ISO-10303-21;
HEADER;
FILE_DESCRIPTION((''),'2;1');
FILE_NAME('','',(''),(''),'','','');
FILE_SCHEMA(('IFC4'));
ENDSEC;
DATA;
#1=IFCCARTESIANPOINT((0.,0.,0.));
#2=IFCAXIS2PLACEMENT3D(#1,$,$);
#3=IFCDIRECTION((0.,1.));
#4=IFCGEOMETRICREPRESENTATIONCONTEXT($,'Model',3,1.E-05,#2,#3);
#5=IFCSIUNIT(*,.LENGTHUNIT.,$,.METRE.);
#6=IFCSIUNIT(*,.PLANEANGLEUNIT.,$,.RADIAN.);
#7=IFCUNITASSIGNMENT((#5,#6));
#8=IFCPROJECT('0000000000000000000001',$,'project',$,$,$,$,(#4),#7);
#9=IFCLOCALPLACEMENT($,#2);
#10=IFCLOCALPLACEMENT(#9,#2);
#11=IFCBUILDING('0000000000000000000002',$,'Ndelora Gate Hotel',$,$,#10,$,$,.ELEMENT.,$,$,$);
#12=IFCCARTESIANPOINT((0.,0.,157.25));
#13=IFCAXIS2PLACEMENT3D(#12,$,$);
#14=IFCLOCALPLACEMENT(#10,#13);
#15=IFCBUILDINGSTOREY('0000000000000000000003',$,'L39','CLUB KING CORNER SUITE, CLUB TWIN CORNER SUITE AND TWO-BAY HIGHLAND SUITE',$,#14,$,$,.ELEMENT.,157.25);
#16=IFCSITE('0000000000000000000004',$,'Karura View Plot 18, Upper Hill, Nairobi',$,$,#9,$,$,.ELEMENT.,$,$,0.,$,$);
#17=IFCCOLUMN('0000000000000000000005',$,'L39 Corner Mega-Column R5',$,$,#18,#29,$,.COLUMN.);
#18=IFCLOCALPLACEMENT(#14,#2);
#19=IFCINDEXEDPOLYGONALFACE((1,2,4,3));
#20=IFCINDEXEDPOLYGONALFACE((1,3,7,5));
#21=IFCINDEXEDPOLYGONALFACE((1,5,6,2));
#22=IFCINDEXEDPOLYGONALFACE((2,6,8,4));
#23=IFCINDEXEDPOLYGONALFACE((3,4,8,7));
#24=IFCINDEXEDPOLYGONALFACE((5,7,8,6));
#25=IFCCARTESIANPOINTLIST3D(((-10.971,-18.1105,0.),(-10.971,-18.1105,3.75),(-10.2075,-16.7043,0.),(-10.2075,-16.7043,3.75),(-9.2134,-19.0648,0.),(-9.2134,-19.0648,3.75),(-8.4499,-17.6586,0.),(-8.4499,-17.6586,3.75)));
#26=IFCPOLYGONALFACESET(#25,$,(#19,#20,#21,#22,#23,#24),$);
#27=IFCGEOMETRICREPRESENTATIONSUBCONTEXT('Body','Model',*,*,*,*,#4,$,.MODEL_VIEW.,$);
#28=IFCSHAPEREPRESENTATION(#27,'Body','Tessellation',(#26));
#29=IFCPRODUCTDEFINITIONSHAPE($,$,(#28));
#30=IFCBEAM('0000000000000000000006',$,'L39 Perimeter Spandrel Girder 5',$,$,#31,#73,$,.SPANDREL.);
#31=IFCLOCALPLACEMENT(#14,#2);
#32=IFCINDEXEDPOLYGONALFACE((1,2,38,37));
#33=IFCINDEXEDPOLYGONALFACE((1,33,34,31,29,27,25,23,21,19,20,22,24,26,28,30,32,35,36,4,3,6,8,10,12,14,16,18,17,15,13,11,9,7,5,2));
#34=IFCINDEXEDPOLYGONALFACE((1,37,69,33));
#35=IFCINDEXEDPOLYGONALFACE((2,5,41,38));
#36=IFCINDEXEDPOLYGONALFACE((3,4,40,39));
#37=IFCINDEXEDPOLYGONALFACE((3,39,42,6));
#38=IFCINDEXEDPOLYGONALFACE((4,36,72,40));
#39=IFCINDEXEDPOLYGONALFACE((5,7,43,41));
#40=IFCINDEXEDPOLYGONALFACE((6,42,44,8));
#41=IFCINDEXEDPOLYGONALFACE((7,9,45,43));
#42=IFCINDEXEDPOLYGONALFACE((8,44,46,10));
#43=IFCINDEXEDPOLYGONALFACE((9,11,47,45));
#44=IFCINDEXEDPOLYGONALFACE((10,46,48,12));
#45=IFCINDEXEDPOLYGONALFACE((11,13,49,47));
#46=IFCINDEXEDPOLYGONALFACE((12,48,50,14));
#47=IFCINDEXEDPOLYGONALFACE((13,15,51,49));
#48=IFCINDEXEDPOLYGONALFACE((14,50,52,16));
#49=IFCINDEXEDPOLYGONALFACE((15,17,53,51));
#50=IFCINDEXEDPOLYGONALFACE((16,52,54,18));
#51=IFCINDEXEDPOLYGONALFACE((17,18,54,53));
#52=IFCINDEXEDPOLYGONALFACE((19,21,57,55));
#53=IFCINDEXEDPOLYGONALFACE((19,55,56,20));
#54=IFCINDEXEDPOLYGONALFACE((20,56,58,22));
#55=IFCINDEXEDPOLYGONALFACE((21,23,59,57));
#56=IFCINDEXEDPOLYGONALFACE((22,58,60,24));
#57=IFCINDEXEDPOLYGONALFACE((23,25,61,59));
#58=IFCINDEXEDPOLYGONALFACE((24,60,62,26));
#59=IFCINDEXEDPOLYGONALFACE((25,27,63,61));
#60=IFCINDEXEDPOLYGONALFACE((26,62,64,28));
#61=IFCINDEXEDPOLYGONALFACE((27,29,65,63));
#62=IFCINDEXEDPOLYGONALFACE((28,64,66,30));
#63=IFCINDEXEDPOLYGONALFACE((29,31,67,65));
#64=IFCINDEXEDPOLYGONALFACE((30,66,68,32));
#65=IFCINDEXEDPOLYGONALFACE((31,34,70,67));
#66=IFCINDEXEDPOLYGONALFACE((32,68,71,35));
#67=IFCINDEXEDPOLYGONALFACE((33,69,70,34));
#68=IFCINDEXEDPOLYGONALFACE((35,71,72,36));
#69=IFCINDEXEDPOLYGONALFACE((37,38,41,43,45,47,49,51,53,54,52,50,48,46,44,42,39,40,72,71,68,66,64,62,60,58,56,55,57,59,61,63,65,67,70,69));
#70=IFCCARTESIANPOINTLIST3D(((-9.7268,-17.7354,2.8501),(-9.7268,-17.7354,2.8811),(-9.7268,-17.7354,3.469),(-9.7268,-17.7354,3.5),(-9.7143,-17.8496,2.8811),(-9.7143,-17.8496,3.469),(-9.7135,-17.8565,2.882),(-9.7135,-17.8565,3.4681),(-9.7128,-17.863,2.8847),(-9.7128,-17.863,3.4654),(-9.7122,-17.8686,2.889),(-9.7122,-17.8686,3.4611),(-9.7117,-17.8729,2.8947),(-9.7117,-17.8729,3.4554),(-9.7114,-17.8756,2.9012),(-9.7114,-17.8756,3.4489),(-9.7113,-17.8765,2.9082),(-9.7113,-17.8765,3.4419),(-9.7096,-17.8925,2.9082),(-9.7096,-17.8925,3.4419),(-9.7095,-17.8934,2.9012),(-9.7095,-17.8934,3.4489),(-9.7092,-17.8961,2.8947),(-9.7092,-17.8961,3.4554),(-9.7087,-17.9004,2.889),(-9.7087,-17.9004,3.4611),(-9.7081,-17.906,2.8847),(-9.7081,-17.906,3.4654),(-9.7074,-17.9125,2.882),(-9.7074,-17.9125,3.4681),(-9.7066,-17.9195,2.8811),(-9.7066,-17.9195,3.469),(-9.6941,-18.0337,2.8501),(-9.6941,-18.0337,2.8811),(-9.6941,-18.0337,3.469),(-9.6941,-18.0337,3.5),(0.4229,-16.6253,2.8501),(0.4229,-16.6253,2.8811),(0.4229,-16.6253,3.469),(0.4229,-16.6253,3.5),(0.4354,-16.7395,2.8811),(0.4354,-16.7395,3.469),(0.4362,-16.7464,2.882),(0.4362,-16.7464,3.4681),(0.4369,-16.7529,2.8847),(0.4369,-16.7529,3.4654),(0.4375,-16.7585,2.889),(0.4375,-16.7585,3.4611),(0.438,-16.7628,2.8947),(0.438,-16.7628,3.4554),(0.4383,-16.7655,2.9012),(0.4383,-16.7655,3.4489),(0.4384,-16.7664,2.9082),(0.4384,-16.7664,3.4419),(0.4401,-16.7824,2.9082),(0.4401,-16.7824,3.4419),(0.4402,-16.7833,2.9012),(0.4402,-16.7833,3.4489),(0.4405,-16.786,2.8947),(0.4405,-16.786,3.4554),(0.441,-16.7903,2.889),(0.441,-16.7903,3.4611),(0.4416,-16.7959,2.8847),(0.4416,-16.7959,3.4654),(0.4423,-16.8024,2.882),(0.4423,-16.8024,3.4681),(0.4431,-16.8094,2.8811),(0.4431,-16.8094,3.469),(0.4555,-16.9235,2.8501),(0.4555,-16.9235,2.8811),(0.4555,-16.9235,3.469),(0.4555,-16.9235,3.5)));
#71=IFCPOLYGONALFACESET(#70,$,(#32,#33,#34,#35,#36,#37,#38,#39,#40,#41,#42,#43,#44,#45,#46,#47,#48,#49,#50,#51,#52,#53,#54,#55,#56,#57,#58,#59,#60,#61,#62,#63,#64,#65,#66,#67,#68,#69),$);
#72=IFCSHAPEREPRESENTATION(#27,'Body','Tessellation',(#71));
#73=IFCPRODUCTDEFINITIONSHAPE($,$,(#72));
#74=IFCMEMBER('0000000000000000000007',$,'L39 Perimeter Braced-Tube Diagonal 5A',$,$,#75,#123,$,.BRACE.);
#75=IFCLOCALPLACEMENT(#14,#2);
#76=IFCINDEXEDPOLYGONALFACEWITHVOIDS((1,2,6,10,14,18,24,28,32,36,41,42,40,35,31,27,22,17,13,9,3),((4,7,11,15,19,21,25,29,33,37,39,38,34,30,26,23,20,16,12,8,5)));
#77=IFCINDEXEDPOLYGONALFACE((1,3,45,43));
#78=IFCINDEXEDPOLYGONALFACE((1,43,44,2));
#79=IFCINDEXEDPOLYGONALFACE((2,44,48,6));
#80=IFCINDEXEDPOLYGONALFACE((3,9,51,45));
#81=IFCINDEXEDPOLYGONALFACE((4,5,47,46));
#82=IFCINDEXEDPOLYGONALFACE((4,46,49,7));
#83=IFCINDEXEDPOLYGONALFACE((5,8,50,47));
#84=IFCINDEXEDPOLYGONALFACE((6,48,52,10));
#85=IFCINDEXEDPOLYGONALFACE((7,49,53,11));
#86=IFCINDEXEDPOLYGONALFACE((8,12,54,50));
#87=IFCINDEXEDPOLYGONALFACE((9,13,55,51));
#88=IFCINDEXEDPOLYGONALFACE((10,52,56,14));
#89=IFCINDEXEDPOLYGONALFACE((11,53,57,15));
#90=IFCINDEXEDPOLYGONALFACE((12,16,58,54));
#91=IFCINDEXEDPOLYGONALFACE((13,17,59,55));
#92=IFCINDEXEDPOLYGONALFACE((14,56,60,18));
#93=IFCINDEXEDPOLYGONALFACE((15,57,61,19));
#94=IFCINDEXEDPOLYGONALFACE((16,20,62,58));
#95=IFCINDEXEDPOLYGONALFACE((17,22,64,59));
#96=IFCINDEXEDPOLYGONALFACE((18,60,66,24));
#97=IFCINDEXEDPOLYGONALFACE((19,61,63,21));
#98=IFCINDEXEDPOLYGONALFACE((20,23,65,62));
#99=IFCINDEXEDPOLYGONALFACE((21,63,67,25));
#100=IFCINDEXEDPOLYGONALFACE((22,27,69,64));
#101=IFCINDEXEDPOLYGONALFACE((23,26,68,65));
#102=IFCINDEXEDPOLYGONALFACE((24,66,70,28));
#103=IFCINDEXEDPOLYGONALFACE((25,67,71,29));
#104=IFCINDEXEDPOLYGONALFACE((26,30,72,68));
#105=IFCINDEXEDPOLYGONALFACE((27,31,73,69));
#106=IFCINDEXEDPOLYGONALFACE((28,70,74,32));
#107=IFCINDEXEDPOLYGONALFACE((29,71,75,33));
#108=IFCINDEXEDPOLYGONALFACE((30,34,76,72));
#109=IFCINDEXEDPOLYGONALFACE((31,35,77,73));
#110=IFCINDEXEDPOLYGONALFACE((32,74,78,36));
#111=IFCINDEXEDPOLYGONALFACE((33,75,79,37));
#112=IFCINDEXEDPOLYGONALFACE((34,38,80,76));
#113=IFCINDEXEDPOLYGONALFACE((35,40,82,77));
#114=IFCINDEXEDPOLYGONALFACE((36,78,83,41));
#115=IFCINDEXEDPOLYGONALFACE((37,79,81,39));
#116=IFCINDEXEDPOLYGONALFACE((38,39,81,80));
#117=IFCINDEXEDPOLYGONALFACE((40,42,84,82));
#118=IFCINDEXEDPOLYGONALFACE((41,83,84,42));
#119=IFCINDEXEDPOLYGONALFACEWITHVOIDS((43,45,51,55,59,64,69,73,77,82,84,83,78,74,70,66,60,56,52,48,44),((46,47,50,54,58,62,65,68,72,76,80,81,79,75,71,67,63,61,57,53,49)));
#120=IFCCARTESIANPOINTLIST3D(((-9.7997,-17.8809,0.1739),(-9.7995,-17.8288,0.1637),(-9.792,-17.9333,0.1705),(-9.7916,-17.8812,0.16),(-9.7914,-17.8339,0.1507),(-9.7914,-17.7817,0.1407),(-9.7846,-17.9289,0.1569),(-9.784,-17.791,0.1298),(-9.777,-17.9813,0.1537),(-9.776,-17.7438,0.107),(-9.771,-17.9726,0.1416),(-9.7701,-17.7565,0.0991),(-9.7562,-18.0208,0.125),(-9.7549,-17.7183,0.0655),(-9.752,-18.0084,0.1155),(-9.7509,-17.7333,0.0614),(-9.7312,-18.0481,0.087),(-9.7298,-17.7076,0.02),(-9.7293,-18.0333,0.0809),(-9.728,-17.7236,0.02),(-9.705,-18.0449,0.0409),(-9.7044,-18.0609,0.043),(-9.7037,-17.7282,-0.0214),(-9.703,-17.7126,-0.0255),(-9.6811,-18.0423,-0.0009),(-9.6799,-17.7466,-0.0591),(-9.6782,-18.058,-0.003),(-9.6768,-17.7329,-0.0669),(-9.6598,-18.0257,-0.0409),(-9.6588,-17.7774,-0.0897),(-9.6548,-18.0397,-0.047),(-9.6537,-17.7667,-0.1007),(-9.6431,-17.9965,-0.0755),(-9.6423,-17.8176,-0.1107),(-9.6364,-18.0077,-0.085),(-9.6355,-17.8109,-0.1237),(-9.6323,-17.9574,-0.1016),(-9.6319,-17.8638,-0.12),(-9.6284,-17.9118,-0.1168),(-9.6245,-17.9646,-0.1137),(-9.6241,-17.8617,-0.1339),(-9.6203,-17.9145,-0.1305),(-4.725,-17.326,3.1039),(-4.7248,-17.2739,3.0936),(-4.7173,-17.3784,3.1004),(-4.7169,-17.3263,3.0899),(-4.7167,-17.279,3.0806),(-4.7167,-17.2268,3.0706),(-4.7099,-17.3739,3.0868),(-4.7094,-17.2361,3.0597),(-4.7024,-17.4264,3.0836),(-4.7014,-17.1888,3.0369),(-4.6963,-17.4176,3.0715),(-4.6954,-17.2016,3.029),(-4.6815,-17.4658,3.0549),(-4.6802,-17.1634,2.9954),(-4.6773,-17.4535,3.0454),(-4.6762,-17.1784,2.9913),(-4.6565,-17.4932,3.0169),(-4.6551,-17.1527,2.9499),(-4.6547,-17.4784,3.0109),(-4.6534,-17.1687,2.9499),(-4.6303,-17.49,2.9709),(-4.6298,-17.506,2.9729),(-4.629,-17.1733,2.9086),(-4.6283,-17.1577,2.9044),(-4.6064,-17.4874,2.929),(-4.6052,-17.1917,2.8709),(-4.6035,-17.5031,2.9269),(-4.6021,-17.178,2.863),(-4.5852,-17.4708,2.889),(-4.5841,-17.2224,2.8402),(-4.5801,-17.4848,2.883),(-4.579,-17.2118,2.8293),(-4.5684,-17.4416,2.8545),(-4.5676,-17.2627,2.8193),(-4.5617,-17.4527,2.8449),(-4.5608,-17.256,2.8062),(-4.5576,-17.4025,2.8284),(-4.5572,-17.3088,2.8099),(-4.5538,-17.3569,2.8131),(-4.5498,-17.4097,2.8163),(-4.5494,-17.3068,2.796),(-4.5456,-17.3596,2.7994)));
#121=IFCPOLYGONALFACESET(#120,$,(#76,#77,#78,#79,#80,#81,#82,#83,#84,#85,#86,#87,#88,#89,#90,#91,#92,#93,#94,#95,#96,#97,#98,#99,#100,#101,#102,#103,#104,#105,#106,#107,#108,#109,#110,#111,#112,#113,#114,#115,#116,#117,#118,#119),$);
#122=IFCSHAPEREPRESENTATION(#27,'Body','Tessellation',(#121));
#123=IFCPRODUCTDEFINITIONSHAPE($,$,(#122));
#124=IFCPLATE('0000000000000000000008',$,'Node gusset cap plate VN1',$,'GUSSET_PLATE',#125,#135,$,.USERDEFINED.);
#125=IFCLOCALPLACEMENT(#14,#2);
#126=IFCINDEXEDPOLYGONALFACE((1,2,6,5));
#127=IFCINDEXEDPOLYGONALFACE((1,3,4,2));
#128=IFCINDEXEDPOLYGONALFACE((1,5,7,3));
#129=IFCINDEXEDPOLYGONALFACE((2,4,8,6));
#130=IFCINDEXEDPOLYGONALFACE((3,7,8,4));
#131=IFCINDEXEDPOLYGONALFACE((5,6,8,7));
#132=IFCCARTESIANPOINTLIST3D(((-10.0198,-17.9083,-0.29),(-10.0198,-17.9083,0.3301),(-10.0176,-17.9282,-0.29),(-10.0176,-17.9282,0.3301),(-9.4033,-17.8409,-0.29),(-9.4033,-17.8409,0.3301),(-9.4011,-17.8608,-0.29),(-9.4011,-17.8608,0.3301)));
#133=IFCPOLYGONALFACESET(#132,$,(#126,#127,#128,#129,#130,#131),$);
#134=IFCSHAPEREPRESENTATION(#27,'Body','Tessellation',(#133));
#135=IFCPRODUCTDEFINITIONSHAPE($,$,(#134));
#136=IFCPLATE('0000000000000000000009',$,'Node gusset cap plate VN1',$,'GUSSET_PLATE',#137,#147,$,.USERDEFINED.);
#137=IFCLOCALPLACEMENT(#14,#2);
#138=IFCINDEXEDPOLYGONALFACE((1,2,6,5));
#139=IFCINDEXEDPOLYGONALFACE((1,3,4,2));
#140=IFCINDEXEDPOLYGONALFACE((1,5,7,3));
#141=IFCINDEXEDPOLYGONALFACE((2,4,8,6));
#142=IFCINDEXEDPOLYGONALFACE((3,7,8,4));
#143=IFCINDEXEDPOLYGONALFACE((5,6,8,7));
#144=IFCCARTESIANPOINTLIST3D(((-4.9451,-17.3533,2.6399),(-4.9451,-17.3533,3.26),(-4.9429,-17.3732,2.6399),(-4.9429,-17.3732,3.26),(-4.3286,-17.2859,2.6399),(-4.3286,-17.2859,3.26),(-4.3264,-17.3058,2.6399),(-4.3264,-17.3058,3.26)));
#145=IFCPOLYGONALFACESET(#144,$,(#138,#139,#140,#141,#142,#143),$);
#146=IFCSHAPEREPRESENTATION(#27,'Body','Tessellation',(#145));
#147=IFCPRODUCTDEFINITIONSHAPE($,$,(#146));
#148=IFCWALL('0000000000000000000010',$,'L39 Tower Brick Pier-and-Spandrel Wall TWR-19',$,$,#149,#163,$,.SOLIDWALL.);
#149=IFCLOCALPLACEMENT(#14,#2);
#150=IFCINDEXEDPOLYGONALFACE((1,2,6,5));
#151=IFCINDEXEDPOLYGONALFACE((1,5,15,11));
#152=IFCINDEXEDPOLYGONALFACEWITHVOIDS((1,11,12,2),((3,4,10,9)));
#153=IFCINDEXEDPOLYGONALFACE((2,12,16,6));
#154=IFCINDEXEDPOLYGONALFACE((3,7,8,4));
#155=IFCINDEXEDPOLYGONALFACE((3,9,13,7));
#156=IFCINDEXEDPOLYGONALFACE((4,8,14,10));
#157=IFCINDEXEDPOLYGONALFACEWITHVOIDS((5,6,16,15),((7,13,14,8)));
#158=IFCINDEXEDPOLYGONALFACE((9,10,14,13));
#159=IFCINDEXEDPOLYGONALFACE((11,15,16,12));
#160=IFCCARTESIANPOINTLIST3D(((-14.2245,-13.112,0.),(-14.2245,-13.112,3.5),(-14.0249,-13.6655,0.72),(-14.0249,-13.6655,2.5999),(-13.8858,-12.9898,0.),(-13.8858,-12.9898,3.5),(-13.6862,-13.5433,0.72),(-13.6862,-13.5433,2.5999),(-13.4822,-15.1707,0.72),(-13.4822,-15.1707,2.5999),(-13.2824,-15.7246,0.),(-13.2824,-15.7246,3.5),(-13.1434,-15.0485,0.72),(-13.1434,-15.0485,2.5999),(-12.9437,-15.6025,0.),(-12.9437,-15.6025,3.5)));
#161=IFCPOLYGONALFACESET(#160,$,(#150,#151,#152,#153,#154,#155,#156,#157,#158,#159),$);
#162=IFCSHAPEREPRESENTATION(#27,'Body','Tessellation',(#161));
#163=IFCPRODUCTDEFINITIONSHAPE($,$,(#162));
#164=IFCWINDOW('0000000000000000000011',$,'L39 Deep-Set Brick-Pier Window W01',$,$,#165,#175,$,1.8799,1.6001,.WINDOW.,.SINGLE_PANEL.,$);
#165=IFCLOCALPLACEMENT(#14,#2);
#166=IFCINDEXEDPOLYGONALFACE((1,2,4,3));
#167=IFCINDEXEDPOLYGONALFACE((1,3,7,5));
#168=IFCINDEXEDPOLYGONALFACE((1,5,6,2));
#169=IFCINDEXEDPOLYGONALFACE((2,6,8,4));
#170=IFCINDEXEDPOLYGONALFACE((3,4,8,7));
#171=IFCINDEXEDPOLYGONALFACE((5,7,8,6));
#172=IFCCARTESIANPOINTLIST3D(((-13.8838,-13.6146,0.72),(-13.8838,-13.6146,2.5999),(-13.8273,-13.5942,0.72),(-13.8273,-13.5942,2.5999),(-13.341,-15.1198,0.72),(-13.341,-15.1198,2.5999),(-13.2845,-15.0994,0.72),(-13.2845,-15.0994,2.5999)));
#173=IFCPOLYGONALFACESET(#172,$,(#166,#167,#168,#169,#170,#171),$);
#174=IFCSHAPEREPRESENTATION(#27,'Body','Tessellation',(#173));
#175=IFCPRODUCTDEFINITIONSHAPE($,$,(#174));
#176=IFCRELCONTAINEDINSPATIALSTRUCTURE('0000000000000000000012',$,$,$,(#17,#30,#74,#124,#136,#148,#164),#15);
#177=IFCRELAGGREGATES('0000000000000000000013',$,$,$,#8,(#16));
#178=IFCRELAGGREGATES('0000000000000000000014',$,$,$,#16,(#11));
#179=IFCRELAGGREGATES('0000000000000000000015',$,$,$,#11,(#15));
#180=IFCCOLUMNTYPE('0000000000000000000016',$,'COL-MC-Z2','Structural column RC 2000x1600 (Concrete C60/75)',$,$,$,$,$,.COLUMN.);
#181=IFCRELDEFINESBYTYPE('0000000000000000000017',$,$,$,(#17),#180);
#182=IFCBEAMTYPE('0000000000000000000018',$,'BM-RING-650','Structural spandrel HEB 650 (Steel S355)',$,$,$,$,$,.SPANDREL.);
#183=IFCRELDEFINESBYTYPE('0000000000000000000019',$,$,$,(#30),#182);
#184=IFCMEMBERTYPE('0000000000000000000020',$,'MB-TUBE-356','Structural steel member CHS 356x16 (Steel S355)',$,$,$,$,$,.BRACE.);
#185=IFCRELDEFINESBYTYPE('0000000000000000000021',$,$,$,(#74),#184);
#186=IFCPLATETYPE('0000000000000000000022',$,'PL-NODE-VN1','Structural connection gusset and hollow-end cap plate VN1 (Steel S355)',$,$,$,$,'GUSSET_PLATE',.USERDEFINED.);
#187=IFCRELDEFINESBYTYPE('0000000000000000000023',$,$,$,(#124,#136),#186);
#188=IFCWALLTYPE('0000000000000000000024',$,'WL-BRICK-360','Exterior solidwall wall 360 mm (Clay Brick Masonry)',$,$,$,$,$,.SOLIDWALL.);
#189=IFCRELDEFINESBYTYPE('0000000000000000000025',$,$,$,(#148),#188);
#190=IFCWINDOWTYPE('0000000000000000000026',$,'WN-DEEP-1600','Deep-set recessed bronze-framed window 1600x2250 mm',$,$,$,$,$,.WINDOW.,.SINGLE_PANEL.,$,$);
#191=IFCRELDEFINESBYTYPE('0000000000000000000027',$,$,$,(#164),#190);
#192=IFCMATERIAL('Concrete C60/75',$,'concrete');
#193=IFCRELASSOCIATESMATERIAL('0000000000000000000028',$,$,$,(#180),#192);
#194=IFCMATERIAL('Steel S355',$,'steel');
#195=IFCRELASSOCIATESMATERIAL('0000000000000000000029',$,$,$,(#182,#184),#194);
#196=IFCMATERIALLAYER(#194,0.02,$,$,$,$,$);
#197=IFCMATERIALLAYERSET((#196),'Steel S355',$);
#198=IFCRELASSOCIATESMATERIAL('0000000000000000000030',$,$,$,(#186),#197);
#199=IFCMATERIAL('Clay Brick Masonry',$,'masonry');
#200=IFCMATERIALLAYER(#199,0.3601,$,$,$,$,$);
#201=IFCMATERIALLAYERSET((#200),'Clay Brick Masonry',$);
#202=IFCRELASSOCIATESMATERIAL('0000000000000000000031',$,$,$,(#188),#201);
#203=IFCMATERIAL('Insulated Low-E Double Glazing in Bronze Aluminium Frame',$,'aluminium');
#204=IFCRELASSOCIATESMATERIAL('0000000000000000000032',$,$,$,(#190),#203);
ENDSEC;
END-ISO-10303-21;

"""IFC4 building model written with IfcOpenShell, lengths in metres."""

from ifc_helpers import new_model, si_unit, direction, frame, frame_2d, origin, origin_2d, place, context, subcontext, project, spatial, rectangle, hollow_circle, i_section, extrude, material, layer, layer_set, material_profile, profile_set, type_object, element, fill, save


model = new_model("IFC4")

# Units and contexts
model_context = context("Model", 3, precision=1e-05, world=origin(), true_north=direction((0.0, 1.0)))
body_context = subcontext(model_context, "Body", "Model", "MODEL_VIEW")
ifc_project = project(units=[si_unit("LENGTHUNIT", "METRE"), si_unit("PLANEANGLEUNIT", "RADIAN")], contexts=[model_context])

# Site, building, storey
site_placement = place(None, origin())
site = spatial("IfcSite", under=ifc_project, at=site_placement, Name="Karura View Plot 18, Upper Hill, Nairobi", CompositionType="ELEMENT", RefElevation=0.0)
building_placement = place(site_placement, origin())
building = spatial("IfcBuilding", under=site, at=building_placement, Name="Ndelora Gate Hotel", CompositionType="ELEMENT")
storey_placement = place(building_placement, frame((0.0, 0.0, 157.25)))
storey = spatial("IfcBuildingStorey", under=building, at=storey_placement, Name="L39", Description="CLUB KING CORNER SUITE, CLUB TWIN CORNER SUITE AND TWO-BAY HIGHLAND SUITE", CompositionType="ELEMENT", Elevation=157.25)

# Column
ifc_material_1 = material(Name="Concrete C60/75", Category="concrete")
ifc_material_profile_1 = material_profile(ifc_material_1, rectangle(XDim=1.6001, YDim=2.0, at=origin_2d()), Name="RC 2000x1600")
ifc_profile_set_1 = profile_set([ifc_material_profile_1], Name="Concrete C60/75")
column_type = type_object("IfcColumnType", Name="COL-MC-Z2", Description="Structural column RC 2000x1600 (Concrete C60/75)", PredefinedType="COLUMN", material=ifc_profile_set_1)
column_placement = place(storey_placement, frame((-9.7104, -17.8845, 0.0), z_axis=(0.0, 0.0, 1.0), x_axis=(0.477159, 0.878817, 0.0)))
element("IfcColumn", 1, at=column_placement, inside=storey, type_object=column_type, Name="L39 Corner Mega-Column R5", PredefinedType="COLUMN", context=body_context, shape_type="SweptSolid", body=[
    extrude(rectangle(XDim=1.6001, YDim=2.0, at=origin_2d()), origin(), (0.0, 0.0, 1.0), 3.75),
])

# Beam
ifc_material_2 = material(Name="Steel S355", Category="steel")
ifc_material_profile_2 = material_profile(ifc_material_2, i_section(OverallWidth=0.3, OverallDepth=0.6499, WebThickness=0.0161, FlangeThickness=0.031, FilletRadius=0.0271, at=origin_2d()), Name="HEB 650")
ifc_profile_set_2 = profile_set([ifc_material_profile_2], Name="Steel S355")
beam_type = type_object("IfcBeamType", Name="BM-RING-650", Description="Structural spandrel HEB 650 (Steel S355)", PredefinedType="SPANDREL", material=ifc_profile_set_2)
beam_placement = place(storey_placement, frame((-9.7104, -17.8845, 3.175), z_axis=(0.994072, 0.108725, 0.0), x_axis=(-0.108725, 0.994072, 0.0)))
element("IfcBeam", 2, at=beam_placement, inside=storey, type_object=beam_type, Name="L39 Perimeter Spandrel Girder 5", PredefinedType="SPANDREL", context=body_context, shape_type="SweptSolid", body=[
    extrude(i_section(OverallWidth=0.3, OverallDepth=0.6499, WebThickness=0.0161, FlangeThickness=0.031, FilletRadius=0.0271, at=origin_2d()), origin(), (0.0, 0.0, 1.0), 10.2102),
])

# Member
ifc_material_profile_3 = material_profile(ifc_material_2, hollow_circle(Radius=0.178, WallThickness=0.0161, at=origin_2d()), Name="CHS 356x16")
ifc_profile_set_3 = profile_set([ifc_material_profile_3], Name="Steel S355")
member_type = type_object("IfcMemberType", Name="MB-TUBE-356", Description="Structural steel member CHS 356x16 (Steel S355)", PredefinedType="BRACE", material=ifc_profile_set_3)
member_placement = place(storey_placement, frame((-9.7104, -17.8845, 0.02), z_axis=(0.862164, 0.09428, 0.497779), x_axis=(-0.108704, 0.994074, 0.0)))
element("IfcMember", 3, at=member_placement, inside=storey, type_object=member_type, Name="L39 Perimeter Braced-Tube Diagonal 5A", PredefinedType="BRACE", context=body_context, shape_type="SweptSolid", body=[
    extrude(hollow_circle(Radius=0.178, WallThickness=0.0161, at=origin_2d()), origin(), (0.0, 0.0, 1.0), 5.886),
])

# Plates
ifc_layer_1 = layer(ifc_material_2, 0.02)
ifc_layer_set_1 = layer_set([ifc_layer_1], Name="Steel S355")
plate_type = type_object("IfcPlateType", Name="PL-NODE-VN1", Description="Structural connection gusset and hollow-end cap plate VN1 (Steel S355)", ElementType="GUSSET_PLATE", PredefinedType="USERDEFINED", material=ifc_layer_set_1)
for number, where, z_axis, x_axis, name in (
    (4, (-9.7104, -17.8845, -0.29), (0.0, 0.0, 1.0), (0.994075, 0.108693, 0.0), "Node gusset cap plate VN1"),
    (5, (-4.6357, -17.3296, 2.6399), (0.0, 0.0, 1.0), (0.994075, 0.108693, 0.0), "Node gusset cap plate VN1"),
):
    element("IfcPlate", number, at=place(storey_placement, frame(where, z_axis=z_axis, x_axis=x_axis)), inside=storey, type_object=plate_type, Name=name, ObjectType="GUSSET_PLATE", PredefinedType="USERDEFINED", context=body_context, shape_type="SweptSolid", body=[
        extrude(rectangle(XDim=0.6201, YDim=0.02, at=origin_2d()), origin(), (0.0, 0.0, 1.0), 0.6201),
    ])

# Wall, opening, window
ifc_material_3 = material(Name="Clay Brick Masonry", Category="masonry")
ifc_layer_2 = layer(ifc_material_3, 0.3601)
ifc_layer_set_2 = layer_set([ifc_layer_2], Name="Clay Brick Masonry")
wall_type = type_object("IfcWallType", Name="WL-BRICK-360", Description="Exterior solidwall wall 360 mm (Clay Brick Masonry)", PredefinedType="SOLIDWALL", material=ifc_layer_set_2)
wall_1_placement = place(storey_placement, frame((-13.113, -15.6636, 0.0), z_axis=(0.0, 0.0, 1.0), x_axis=(-0.339208, 0.940711, 0.0)))
wall_1 = element("IfcWall", 6, at=wall_1_placement, inside=storey, type_object=wall_type, Name="L39 Tower Brick Pier-and-Spandrel Wall TWR-19", PredefinedType="SOLIDWALL", context=body_context, shape_type="SweptSolid", body=[
    extrude(rectangle(XDim=2.7773, YDim=0.3601, at=frame_2d((1.3887, 0.0))), origin(), (0.0, 0.0, 1.0), 3.5),
])
opening_1_placement = place(wall_1_placement, frame((0.5889, 0.0, 0.72)))
opening_1 = element("IfcOpeningElement", 7, at=opening_1_placement, cuts=wall_1, PredefinedType="OPENING", context=body_context, shape_type="SweptSolid", body=[
    extrude(rectangle(XDim=1.6001, YDim=1.8799, at=frame_2d((0.8, 0.9399))), frame((0.0, 0.1899, 0.0), z_axis=(0.0, -1.0, 0.0), x_axis=(1.0, 0.0, 0.0)), (0.0, 0.0, 1.0), 0.3801),
])
ifc_material_4 = material(Name="Insulated Low-E Double Glazing in Bronze Aluminium Frame", Category="aluminium")
window_type_1 = type_object("IfcWindowType", Name="WN-DEEP-1600", Description="Deep-set recessed bronze-framed window 1600x2250 mm", PartitioningType="SINGLE_PANEL", PredefinedType="WINDOW", material=ifc_material_4)
window_1_placement = place(opening_1_placement, origin())
window_1 = element("IfcWindow", 8, at=window_1_placement, inside=storey, type_object=window_type_1, Name="L39 Deep-Set Brick-Pier Window W01", OverallHeight=1.8799, OverallWidth=1.6001, PartitioningType="SINGLE_PANEL", PredefinedType="WINDOW", context=body_context, shape_type="SweptSolid", body=[
    extrude(rectangle(XDim=1.6001, YDim=1.8799, at=frame_2d((0.8, 0.9399))), frame((0.0, 0.03, 0.0), z_axis=(0.0, -1.0, 0.0), x_axis=(1.0, 0.0, 0.0)), (0.0, 0.0, 1.0), 0.0601),
])
fill(opening_1, window_1)

save(model, "model.ifc")
